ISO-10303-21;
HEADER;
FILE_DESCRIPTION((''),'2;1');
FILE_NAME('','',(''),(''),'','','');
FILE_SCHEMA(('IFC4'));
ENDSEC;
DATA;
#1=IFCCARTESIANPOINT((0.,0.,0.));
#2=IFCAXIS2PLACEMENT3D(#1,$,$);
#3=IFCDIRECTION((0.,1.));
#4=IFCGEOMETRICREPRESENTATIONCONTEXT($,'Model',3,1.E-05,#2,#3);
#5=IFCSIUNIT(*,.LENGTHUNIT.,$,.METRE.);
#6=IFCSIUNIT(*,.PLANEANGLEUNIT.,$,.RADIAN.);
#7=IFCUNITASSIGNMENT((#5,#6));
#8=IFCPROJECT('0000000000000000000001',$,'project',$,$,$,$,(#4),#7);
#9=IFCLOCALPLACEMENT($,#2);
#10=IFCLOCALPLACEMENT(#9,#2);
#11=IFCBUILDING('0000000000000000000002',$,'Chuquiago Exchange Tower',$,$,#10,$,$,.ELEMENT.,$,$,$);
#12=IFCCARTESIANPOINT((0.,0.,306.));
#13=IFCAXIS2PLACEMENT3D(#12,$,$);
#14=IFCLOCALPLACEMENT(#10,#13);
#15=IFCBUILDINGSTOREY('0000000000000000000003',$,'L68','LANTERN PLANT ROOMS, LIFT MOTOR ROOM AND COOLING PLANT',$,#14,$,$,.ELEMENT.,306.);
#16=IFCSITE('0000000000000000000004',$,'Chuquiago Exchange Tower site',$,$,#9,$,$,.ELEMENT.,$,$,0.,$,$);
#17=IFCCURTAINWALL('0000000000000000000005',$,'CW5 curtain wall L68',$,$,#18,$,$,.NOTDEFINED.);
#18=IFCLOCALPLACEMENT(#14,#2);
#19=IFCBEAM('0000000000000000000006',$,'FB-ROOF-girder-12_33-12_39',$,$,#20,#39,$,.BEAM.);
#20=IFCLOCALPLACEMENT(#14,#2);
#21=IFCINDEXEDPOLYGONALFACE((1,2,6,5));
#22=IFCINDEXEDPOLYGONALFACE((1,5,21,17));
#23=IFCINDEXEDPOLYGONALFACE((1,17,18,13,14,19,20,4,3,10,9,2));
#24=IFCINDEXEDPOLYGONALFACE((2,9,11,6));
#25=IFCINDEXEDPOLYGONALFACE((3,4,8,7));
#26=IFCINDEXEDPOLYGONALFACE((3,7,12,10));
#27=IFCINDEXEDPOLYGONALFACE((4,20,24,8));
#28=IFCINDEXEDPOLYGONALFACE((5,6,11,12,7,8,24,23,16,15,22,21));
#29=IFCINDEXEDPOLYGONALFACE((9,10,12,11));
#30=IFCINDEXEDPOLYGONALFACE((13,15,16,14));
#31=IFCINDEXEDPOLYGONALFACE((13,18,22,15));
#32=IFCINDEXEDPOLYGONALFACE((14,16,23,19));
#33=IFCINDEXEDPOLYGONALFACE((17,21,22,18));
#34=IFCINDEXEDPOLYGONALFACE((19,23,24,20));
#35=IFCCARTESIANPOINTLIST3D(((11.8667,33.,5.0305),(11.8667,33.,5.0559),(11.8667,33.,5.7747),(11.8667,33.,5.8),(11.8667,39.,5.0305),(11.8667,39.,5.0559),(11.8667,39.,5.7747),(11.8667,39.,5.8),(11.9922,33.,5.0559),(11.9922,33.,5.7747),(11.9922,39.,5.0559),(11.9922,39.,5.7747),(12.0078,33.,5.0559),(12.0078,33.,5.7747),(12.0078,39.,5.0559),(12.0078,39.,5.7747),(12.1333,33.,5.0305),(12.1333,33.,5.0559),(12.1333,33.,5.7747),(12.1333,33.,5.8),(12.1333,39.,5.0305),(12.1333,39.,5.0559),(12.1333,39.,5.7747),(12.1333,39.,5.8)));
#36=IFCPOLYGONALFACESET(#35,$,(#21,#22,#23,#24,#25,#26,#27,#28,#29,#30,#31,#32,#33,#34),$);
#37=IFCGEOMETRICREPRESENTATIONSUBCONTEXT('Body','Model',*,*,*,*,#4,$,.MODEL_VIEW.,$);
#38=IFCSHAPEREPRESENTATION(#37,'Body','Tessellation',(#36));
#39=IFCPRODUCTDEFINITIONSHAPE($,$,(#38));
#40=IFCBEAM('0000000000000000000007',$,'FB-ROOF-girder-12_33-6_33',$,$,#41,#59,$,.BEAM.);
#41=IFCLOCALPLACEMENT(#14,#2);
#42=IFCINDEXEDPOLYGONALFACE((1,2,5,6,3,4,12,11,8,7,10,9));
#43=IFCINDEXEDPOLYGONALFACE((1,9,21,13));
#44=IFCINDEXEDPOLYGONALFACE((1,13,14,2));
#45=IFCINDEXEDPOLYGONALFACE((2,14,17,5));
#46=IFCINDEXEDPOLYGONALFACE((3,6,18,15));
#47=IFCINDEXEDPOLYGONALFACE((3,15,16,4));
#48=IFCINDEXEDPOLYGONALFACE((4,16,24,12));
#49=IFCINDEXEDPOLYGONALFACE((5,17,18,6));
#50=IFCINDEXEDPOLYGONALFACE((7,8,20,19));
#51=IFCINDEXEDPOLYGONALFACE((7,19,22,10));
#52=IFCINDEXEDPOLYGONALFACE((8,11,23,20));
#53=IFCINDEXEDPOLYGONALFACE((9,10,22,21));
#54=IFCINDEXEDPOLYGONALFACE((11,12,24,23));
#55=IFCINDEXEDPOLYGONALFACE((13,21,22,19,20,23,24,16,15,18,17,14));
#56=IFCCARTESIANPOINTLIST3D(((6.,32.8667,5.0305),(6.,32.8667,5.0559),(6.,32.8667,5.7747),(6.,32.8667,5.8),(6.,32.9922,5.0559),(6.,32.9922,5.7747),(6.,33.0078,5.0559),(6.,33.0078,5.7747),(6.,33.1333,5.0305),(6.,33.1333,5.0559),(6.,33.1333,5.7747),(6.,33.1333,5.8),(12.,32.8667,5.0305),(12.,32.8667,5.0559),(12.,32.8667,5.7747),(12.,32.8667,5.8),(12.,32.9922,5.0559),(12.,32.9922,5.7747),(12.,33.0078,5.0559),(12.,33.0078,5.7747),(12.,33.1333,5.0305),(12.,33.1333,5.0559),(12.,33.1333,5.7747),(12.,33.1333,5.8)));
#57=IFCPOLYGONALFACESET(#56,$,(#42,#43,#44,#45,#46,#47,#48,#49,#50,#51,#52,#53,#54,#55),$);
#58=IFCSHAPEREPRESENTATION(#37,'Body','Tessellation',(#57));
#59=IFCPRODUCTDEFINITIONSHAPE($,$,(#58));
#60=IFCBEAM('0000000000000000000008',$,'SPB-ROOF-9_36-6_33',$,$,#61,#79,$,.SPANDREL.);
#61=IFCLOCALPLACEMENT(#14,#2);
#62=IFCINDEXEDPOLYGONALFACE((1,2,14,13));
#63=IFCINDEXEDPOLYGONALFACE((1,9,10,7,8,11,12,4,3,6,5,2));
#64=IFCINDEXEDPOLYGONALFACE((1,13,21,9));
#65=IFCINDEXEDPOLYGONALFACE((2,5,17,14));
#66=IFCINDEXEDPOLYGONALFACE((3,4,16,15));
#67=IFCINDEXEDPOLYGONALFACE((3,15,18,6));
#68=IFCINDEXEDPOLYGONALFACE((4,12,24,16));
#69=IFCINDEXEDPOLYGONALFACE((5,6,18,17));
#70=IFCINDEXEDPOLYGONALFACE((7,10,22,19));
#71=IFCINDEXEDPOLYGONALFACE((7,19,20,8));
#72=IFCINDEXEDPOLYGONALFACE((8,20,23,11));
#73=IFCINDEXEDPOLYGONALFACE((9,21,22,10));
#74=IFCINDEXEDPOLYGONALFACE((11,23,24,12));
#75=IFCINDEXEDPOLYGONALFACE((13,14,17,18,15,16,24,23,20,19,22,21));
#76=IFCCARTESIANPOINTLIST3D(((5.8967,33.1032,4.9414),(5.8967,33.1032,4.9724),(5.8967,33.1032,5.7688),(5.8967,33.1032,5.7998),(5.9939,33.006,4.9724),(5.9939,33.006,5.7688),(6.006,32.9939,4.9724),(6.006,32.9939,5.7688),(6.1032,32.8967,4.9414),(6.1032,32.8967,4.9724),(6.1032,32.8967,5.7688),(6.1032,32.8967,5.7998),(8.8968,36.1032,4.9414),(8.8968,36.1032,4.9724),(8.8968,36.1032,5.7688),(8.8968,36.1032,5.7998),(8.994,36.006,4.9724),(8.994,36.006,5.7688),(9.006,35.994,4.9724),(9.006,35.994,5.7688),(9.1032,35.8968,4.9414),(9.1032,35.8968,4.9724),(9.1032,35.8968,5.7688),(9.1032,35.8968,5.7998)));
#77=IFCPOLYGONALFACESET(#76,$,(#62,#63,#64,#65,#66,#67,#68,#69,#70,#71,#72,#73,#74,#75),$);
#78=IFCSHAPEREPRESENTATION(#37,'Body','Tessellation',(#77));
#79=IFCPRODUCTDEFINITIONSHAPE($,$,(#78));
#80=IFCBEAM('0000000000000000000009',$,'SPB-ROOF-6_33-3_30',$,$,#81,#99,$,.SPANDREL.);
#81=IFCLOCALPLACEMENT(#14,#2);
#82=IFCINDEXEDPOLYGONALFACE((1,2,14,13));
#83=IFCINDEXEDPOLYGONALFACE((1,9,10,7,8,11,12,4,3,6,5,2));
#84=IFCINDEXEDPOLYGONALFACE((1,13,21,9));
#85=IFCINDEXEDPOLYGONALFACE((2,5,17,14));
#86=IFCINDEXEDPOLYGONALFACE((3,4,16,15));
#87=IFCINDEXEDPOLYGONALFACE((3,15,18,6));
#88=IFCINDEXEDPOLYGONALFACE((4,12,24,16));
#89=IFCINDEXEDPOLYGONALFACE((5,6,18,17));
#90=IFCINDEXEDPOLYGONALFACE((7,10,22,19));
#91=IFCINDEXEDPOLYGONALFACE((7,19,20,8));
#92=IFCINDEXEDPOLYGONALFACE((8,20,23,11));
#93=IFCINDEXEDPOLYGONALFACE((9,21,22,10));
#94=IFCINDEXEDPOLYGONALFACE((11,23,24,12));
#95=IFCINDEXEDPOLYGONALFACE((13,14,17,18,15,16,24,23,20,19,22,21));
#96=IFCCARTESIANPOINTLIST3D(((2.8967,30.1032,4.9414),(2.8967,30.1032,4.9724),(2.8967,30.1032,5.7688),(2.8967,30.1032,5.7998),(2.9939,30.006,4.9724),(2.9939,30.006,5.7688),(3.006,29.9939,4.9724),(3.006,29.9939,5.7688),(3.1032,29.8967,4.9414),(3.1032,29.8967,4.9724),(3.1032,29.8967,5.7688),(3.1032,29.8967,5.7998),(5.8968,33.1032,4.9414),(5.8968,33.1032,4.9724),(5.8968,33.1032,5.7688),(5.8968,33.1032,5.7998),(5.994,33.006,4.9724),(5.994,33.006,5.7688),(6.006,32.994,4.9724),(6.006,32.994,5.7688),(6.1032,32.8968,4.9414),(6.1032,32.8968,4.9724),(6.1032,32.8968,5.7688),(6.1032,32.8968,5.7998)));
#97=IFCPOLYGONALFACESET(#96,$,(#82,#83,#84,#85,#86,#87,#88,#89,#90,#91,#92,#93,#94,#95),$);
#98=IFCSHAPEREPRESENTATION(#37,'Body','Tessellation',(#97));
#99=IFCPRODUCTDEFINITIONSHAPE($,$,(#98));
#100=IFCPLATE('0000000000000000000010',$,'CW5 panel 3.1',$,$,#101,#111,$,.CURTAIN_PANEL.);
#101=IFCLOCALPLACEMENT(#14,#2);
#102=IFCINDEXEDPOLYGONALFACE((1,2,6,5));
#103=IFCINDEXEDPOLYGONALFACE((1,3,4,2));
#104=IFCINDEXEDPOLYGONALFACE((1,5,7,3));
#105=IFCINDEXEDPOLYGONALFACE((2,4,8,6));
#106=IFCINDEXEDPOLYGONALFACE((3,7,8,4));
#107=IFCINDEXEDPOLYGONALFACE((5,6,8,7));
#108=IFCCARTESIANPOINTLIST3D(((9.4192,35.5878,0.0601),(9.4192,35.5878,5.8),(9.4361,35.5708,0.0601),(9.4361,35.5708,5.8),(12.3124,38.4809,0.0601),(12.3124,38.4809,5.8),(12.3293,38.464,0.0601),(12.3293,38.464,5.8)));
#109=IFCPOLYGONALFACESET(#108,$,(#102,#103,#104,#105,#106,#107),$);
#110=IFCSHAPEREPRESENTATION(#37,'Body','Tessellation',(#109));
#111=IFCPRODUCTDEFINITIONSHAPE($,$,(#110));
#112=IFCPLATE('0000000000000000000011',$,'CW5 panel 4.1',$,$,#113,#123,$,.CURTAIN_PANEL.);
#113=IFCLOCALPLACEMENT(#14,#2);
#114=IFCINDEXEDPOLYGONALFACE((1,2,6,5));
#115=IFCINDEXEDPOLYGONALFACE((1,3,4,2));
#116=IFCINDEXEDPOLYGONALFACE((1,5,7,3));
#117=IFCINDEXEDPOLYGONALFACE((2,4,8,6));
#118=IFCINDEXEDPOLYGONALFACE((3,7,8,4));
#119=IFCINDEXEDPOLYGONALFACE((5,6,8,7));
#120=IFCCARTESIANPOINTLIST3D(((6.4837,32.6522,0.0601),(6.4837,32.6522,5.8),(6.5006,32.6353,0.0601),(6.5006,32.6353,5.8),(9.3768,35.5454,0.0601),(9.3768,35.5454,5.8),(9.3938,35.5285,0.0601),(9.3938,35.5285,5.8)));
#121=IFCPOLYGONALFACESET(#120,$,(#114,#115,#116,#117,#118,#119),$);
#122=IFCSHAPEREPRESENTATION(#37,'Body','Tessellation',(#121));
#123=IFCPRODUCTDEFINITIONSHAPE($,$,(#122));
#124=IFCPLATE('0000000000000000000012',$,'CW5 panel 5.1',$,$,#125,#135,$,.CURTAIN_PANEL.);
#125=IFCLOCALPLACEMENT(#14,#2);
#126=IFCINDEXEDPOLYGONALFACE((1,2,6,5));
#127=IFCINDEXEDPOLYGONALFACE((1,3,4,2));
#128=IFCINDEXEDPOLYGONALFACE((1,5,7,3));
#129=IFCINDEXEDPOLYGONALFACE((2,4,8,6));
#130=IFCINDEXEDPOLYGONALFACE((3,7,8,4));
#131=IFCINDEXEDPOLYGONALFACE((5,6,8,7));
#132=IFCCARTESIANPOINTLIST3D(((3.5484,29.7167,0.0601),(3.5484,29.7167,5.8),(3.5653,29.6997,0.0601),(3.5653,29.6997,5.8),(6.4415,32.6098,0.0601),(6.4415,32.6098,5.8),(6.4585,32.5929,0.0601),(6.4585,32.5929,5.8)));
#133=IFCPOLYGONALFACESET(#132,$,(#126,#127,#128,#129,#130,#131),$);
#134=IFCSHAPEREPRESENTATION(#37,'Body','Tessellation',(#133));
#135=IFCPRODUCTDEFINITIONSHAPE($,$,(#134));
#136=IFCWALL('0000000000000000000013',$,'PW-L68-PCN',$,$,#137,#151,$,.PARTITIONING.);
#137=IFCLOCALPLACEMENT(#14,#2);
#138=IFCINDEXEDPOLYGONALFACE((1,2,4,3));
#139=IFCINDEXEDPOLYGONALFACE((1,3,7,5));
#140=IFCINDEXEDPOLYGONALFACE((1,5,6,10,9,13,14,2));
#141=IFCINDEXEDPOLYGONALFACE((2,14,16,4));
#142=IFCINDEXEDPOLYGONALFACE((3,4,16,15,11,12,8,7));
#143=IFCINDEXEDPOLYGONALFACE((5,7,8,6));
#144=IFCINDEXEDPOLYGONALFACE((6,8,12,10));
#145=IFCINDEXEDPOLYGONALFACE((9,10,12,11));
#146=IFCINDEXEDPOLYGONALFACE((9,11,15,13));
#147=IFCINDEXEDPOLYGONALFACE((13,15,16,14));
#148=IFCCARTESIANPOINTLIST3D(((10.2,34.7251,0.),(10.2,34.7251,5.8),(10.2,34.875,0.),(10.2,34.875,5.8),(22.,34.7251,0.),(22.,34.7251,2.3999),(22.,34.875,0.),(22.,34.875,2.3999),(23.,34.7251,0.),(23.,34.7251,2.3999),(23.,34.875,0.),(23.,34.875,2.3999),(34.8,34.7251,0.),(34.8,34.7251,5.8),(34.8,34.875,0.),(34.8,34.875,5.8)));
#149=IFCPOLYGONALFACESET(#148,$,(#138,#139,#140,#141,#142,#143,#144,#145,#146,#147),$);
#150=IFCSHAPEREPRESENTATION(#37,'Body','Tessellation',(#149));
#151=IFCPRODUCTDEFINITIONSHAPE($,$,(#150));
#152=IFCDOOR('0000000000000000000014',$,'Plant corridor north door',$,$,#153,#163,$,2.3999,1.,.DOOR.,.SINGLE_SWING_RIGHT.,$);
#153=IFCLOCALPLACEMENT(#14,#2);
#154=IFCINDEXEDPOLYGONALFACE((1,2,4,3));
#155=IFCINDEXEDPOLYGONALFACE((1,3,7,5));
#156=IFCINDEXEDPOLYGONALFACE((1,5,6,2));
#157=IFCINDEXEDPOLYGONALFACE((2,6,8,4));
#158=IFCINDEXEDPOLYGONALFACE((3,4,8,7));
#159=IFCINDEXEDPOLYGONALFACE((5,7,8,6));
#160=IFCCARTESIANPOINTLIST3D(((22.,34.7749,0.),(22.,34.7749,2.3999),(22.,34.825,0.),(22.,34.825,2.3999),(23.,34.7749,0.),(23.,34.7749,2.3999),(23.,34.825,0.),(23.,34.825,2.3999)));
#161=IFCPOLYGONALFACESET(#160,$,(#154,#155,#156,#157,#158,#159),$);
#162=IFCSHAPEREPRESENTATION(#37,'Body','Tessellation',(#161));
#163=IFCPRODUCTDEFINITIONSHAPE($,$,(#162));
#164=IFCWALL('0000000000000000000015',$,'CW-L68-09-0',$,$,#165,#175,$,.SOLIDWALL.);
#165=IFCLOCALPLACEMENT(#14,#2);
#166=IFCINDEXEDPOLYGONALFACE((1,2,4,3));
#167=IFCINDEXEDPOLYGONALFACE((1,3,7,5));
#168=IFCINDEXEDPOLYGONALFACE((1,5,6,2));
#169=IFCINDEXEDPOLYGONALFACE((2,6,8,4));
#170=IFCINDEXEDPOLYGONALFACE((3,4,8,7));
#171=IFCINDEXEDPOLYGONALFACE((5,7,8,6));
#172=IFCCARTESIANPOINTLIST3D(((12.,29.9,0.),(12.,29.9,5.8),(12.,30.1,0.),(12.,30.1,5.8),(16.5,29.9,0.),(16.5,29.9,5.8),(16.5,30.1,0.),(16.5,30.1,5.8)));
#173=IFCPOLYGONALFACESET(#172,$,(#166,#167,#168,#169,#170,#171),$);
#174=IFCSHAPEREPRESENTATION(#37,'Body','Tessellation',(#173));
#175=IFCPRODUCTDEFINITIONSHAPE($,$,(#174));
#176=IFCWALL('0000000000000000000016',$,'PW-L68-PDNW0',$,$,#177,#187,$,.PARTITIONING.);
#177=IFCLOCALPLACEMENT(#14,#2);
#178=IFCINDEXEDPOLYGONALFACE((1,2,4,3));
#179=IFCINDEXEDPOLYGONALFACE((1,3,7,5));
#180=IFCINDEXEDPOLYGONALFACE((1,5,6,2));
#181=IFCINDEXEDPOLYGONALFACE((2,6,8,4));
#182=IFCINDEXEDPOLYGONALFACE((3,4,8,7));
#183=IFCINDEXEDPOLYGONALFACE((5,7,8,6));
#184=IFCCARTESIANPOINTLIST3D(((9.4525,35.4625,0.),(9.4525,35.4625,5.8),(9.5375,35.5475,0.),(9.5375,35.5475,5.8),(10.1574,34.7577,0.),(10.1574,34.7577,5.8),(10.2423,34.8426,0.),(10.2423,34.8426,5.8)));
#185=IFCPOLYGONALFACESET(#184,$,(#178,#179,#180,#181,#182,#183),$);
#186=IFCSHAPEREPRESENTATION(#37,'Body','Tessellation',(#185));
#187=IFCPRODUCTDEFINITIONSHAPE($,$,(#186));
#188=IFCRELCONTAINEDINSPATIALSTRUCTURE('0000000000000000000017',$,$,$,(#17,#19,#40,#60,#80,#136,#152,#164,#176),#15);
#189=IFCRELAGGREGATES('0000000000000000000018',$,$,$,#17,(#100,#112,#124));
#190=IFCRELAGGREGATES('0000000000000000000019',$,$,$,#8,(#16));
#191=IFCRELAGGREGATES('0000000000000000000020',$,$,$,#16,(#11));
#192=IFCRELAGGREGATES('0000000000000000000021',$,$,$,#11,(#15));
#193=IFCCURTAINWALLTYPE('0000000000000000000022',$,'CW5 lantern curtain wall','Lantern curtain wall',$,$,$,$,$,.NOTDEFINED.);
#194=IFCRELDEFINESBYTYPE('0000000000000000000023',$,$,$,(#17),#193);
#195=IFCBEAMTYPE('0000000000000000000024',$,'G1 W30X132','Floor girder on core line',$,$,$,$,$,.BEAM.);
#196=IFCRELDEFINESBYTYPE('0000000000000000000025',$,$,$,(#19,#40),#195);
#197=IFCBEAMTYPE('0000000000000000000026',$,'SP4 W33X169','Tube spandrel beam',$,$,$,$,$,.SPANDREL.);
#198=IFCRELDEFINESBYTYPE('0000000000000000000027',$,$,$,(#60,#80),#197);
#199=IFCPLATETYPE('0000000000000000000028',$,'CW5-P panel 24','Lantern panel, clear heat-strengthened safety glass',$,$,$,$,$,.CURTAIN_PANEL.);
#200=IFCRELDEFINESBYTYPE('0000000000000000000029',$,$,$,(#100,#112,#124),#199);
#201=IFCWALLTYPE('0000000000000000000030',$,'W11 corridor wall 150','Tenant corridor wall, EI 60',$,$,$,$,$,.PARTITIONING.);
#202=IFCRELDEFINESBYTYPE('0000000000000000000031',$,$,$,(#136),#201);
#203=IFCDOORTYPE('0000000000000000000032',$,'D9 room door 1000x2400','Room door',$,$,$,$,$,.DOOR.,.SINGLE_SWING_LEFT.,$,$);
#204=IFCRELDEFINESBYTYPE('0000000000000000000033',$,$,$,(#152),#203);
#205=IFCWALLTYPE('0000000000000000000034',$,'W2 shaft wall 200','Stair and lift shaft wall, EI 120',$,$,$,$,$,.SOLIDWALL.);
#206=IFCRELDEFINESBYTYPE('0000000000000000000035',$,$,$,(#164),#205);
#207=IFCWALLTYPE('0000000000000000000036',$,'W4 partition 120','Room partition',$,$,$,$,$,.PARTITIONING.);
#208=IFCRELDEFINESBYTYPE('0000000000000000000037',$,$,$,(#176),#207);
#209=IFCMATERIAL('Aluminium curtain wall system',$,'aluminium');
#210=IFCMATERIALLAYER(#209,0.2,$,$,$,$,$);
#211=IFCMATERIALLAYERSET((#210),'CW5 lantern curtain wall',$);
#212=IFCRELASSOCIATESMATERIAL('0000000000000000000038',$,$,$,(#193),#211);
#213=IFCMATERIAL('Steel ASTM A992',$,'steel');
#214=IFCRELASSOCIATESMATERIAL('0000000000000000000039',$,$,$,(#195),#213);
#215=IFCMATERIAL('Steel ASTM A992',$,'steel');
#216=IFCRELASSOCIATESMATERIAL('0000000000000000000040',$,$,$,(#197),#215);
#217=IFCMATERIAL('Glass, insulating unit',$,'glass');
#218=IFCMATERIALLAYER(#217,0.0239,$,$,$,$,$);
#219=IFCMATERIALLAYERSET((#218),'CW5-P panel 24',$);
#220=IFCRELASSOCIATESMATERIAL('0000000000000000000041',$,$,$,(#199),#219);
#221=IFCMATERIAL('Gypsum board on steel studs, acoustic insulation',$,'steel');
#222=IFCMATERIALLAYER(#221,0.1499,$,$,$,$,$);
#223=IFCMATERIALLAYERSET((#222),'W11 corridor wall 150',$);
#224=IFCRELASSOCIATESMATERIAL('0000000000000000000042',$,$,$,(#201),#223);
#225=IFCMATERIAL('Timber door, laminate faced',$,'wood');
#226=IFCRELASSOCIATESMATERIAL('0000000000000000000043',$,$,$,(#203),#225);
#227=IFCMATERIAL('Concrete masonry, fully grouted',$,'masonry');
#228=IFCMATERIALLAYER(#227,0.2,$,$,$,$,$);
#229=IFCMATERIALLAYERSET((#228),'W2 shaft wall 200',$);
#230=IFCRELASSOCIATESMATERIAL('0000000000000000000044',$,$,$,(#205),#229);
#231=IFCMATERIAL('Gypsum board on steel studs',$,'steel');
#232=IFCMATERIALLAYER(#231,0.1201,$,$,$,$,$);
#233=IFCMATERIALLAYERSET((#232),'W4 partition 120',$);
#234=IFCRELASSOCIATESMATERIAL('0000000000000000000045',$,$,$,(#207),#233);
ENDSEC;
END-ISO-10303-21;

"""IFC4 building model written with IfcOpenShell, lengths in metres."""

from ifc_helpers import new_model, si_unit, direction, frame, frame_2d, origin, origin_2d, place, context, subcontext, project, spatial, rectangle, i_section, extrude, material, layer, layer_set, material_profile, profile_set, type_object, element, fill, aggregate, save


model = new_model("IFC4")

# Units and contexts
model_context = context("Model", 3, precision=1e-05, world=origin(), true_north=direction((0.0, 1.0)))
body_context = subcontext(model_context, "Body", "Model", "MODEL_VIEW")
ifc_project = project(units=[si_unit("LENGTHUNIT", "METRE"), si_unit("PLANEANGLEUNIT", "RADIAN")], contexts=[model_context])

# Site, building, storey
site_placement = place(None, origin())
site = spatial("IfcSite", under=ifc_project, at=site_placement, Name="Chuquiago Exchange Tower site", CompositionType="ELEMENT", RefElevation=0.0)
building_placement = place(site_placement, origin())
building = spatial("IfcBuilding", under=site, at=building_placement, Name="Chuquiago Exchange Tower", CompositionType="ELEMENT")
storey_placement = place(building_placement, frame((0.0, 0.0, 306.0)))
storey = spatial("IfcBuildingStorey", under=building, at=storey_placement, Name="L68", Description="LANTERN PLANT ROOMS, LIFT MOTOR ROOM AND COOLING PLANT", CompositionType="ELEMENT", Elevation=306.0)

# Curtain wall
ifc_material_1 = material(Name="Aluminium curtain wall system", Category="aluminium")
ifc_layer_1 = layer(ifc_material_1, 0.2)
ifc_layer_set_1 = layer_set([ifc_layer_1], Name="CW5 lantern curtain wall")
curtain_wall_type = type_object("IfcCurtainWallType", Name="CW5 lantern curtain wall", Description="Lantern curtain wall", PredefinedType="NOTDEFINED", material=ifc_layer_set_1)
curtain_wall_placement = place(storey_placement, origin())
curtain_wall = element("IfcCurtainWall", 1, at=curtain_wall_placement, inside=storey, type_object=curtain_wall_type, Name="CW5 curtain wall L68", PredefinedType="NOTDEFINED")

# Beams
ifc_material_2 = material(Name="Steel ASTM A992", Category="steel")
ifc_material_profile_1 = material_profile(ifc_material_2, i_section(OverallWidth=0.2666, OverallDepth=0.7695, WebThickness=0.0156, FlangeThickness=0.0254, at=origin_2d()), Name="W30X132")
ifc_profile_set_1 = profile_set([ifc_material_profile_1], Name="Steel ASTM A992")
beam_type_1 = type_object("IfcBeamType", Name="G1 W30X132", Description="Floor girder on core line", PredefinedType="BEAM", material=ifc_profile_set_1)
for number, where, z_axis, x_axis, name in (
    (2, (12.0, 33.0, 5.4153), (0.0, 1.0, 0.0), (-1.0, 0.0, 0.0), "FB-ROOF-girder-12_33-12_39"),
    (3, (12.0, 33.0, 5.4153), (-1.0, 0.0, 0.0), (0.0, -1.0, 0.0), "FB-ROOF-girder-12_33-6_33"),
):
    element("IfcBeam", number, at=place(storey_placement, frame(where, z_axis=z_axis, x_axis=x_axis)), inside=storey, type_object=beam_type_1, Name=name, PredefinedType="BEAM", context=body_context, shape_type="SweptSolid", body=[
        extrude(i_section(OverallWidth=0.2666, OverallDepth=0.7695, WebThickness=0.0156, FlangeThickness=0.0254, at=origin_2d()), origin(), (0.0, 0.0, 1.0), 6.0),
    ])
ifc_material_3 = material(Name="Steel ASTM A992", Category="steel")
ifc_material_profile_2 = material_profile(ifc_material_3, i_section(OverallWidth=0.292, OverallDepth=0.8584, WebThickness=0.0171, FlangeThickness=0.031, at=origin_2d()), Name="W33X169")
ifc_profile_set_2 = profile_set([ifc_material_profile_2], Name="Steel ASTM A992")
beam_type_2 = type_object("IfcBeamType", Name="SP4 W33X169", Description="Tube spandrel beam", PredefinedType="SPANDREL", material=ifc_profile_set_2)
for number, where, z_axis, x_axis, name in (
    (4, (9.0, 36.0, 5.3706), (-0.707107, -0.707107, 0.0), (0.707107, -0.707107, 0.0), "SPB-ROOF-9_36-6_33"),
    (5, (6.0, 33.0, 5.3706), (-0.707107, -0.707107, 0.0), (0.707107, -0.707107, 0.0), "SPB-ROOF-6_33-3_30"),
):
    element("IfcBeam", number, at=place(storey_placement, frame(where, z_axis=z_axis, x_axis=x_axis)), inside=storey, type_object=beam_type_2, Name=name, PredefinedType="SPANDREL", context=body_context, shape_type="SweptSolid", body=[
        extrude(i_section(OverallWidth=0.292, OverallDepth=0.8584, WebThickness=0.0171, FlangeThickness=0.031, at=origin_2d()), origin(), (0.0, 0.0, 1.0), 4.2427),
    ])

# Plates
ifc_material_4 = material(Name="Glass, insulating unit", Category="glass")
ifc_layer_2 = layer(ifc_material_4, 0.0239)
ifc_layer_set_2 = layer_set([ifc_layer_2], Name="CW5-P panel 24")
plate_type = type_object("IfcPlateType", Name="CW5-P panel 24", Description="Lantern panel, clear heat-strengthened safety glass", PredefinedType="CURTAIN_PANEL", material=ifc_layer_set_2)
plate_1_placement = place(storey_placement, frame((10.8743, 37.0259, 0.0601), z_axis=(0.0, 0.0, 1.0), x_axis=(-0.707109, -0.707105, 0.0)))
plate_1 = element("IfcPlate", 6, at=plate_1_placement, type_object=plate_type, Name="CW5 panel 3.1", PredefinedType="CURTAIN_PANEL", context=body_context, shape_type="SweptSolid", body=[
    extrude(rectangle(XDim=4.0916, YDim=0.0239, at=origin_2d()), origin(), (0.0, 0.0, 1.0), 5.74),
])
plate_2_placement = place(storey_placement, frame((7.9387, 34.0903, 0.0601), z_axis=(0.0, 0.0, 1.0), x_axis=(-0.707109, -0.707105, 0.0)))
plate_2 = element("IfcPlate", 7, at=plate_2_placement, type_object=plate_type, Name="CW5 panel 4.1", PredefinedType="CURTAIN_PANEL", context=body_context, shape_type="SweptSolid", body=[
    extrude(rectangle(XDim=4.0916, YDim=0.0239, at=origin_2d()), origin(), (0.0, 0.0, 1.0), 5.74),
])
plate_3_placement = place(storey_placement, frame((5.0034, 31.1548, 0.0601), z_axis=(0.0, 0.0, 1.0), x_axis=(-0.707109, -0.707105, 0.0)))
plate_3 = element("IfcPlate", 8, at=plate_3_placement, type_object=plate_type, Name="CW5 panel 5.1", PredefinedType="CURTAIN_PANEL", context=body_context, shape_type="SweptSolid", body=[
    extrude(rectangle(XDim=4.0916, YDim=0.0239, at=origin_2d()), origin(), (0.0, 0.0, 1.0), 5.74),
])
aggregate(curtain_wall, [plate_1, plate_2, plate_3])

# Wall, opening, door
ifc_material_5 = material(Name="Gypsum board on steel studs, acoustic insulation", Category="steel")
ifc_layer_3 = layer(ifc_material_5, 0.1499)
ifc_layer_set_3 = layer_set([ifc_layer_3], Name="W11 corridor wall 150")
wall_type_1 = type_object("IfcWallType", Name="W11 corridor wall 150", Description="Tenant corridor wall, EI 60", PredefinedType="PARTITIONING", material=ifc_layer_set_3)
wall_1_placement = place(storey_placement, frame((10.2, 34.8, 0.0), z_axis=(0.0, 0.0, 1.0), x_axis=(1.0, 0.0, 0.0)))
wall_1 = element("IfcWall", 9, at=wall_1_placement, inside=storey, type_object=wall_type_1, Name="PW-L68-PCN", PredefinedType="PARTITIONING", context=body_context, shape_type="SweptSolid", body=[
    extrude(rectangle(XDim=24.6001, YDim=0.1499, at=frame_2d((12.3, 0.0))), origin(), (0.0, 0.0, 1.0), 5.8),
])
opening_placement = place(wall_1_placement, frame((11.8, 0.0, 0.0)))
opening = element("IfcOpeningElement", 10, at=opening_placement, cuts=wall_1, PredefinedType="OPENING", context=body_context, shape_type="SweptSolid", body=[
    extrude(rectangle(XDim=1.0, YDim=2.3999, at=frame_2d((0.5, 1.2))), frame((0.0, 0.085, 0.0), z_axis=(0.0, -1.0, 0.0), x_axis=(1.0, 0.0, 0.0)), (0.0, 0.0, 1.0), 0.1699),
])
ifc_material_6 = material(Name="Timber door, laminate faced", Category="wood")
door_type = type_object("IfcDoorType", Name="D9 room door 1000x2400", Description="Room door", OperationType="SINGLE_SWING_LEFT", PredefinedType="DOOR", material=ifc_material_6)
door_placement = place(opening_placement, origin())
door = element("IfcDoor", 11, at=door_placement, inside=storey, type_object=door_type, Name="Plant corridor north door", OperationType="SINGLE_SWING_RIGHT", OverallHeight=2.3999, OverallWidth=1.0, PredefinedType="DOOR", context=body_context, shape_type="SweptSolid", body=[
    extrude(rectangle(XDim=1.0, YDim=2.3999, at=frame_2d((0.5, 1.2))), frame((0.0, 0.0249, 0.0), z_axis=(0.0, -1.0, 0.0), x_axis=(1.0, 0.0, 0.0)), (0.0, 0.0, 1.0), 0.05),
])
fill(opening, door)

# Walls
ifc_material_7 = material(Name="Concrete masonry, fully grouted", Category="masonry")
ifc_layer_4 = layer(ifc_material_7, 0.2)
ifc_layer_set_4 = layer_set([ifc_layer_4], Name="W2 shaft wall 200")
wall_type_2 = type_object("IfcWallType", Name="W2 shaft wall 200", Description="Stair and lift shaft wall, EI 120", PredefinedType="SOLIDWALL", material=ifc_layer_set_4)
wall_2_placement = place(storey_placement, frame((12.0, 30.0, 0.0), z_axis=(0.0, 0.0, 1.0), x_axis=(1.0, 0.0, 0.0)))
element("IfcWall", 12, at=wall_2_placement, inside=storey, type_object=wall_type_2, Name="CW-L68-09-0", PredefinedType="SOLIDWALL", context=body_context, shape_type="SweptSolid", body=[
    extrude(rectangle(XDim=4.5, YDim=0.2, at=frame_2d((2.25, 0.0))), origin(), (0.0, 0.0, 1.0), 5.8),
])
ifc_material_8 = material(Name="Gypsum board on steel studs", Category="steel")
ifc_layer_5 = layer(ifc_material_8, 0.1201)
ifc_layer_set_5 = layer_set([ifc_layer_5], Name="W4 partition 120")
wall_type_3 = type_object("IfcWallType", Name="W4 partition 120", Description="Room partition", PredefinedType="PARTITIONING", material=ifc_layer_set_5)
wall_3_placement = place(storey_placement, frame((10.2, 34.8, 0.0), z_axis=(0.0, 0.0, 1.0), x_axis=(-0.707107, 0.707107, 0.0)))
element("IfcWall", 13, at=wall_3_placement, inside=storey, type_object=wall_type_3, Name="PW-L68-PDNW0", PredefinedType="PARTITIONING", context=body_context, shape_type="SweptSolid", body=[
    extrude(rectangle(XDim=0.9968, YDim=0.1201, at=frame_2d((0.4985, 0.0))), origin(), (0.0, 0.0, 1.0), 5.8),
])

save(model, "model.ifc")
